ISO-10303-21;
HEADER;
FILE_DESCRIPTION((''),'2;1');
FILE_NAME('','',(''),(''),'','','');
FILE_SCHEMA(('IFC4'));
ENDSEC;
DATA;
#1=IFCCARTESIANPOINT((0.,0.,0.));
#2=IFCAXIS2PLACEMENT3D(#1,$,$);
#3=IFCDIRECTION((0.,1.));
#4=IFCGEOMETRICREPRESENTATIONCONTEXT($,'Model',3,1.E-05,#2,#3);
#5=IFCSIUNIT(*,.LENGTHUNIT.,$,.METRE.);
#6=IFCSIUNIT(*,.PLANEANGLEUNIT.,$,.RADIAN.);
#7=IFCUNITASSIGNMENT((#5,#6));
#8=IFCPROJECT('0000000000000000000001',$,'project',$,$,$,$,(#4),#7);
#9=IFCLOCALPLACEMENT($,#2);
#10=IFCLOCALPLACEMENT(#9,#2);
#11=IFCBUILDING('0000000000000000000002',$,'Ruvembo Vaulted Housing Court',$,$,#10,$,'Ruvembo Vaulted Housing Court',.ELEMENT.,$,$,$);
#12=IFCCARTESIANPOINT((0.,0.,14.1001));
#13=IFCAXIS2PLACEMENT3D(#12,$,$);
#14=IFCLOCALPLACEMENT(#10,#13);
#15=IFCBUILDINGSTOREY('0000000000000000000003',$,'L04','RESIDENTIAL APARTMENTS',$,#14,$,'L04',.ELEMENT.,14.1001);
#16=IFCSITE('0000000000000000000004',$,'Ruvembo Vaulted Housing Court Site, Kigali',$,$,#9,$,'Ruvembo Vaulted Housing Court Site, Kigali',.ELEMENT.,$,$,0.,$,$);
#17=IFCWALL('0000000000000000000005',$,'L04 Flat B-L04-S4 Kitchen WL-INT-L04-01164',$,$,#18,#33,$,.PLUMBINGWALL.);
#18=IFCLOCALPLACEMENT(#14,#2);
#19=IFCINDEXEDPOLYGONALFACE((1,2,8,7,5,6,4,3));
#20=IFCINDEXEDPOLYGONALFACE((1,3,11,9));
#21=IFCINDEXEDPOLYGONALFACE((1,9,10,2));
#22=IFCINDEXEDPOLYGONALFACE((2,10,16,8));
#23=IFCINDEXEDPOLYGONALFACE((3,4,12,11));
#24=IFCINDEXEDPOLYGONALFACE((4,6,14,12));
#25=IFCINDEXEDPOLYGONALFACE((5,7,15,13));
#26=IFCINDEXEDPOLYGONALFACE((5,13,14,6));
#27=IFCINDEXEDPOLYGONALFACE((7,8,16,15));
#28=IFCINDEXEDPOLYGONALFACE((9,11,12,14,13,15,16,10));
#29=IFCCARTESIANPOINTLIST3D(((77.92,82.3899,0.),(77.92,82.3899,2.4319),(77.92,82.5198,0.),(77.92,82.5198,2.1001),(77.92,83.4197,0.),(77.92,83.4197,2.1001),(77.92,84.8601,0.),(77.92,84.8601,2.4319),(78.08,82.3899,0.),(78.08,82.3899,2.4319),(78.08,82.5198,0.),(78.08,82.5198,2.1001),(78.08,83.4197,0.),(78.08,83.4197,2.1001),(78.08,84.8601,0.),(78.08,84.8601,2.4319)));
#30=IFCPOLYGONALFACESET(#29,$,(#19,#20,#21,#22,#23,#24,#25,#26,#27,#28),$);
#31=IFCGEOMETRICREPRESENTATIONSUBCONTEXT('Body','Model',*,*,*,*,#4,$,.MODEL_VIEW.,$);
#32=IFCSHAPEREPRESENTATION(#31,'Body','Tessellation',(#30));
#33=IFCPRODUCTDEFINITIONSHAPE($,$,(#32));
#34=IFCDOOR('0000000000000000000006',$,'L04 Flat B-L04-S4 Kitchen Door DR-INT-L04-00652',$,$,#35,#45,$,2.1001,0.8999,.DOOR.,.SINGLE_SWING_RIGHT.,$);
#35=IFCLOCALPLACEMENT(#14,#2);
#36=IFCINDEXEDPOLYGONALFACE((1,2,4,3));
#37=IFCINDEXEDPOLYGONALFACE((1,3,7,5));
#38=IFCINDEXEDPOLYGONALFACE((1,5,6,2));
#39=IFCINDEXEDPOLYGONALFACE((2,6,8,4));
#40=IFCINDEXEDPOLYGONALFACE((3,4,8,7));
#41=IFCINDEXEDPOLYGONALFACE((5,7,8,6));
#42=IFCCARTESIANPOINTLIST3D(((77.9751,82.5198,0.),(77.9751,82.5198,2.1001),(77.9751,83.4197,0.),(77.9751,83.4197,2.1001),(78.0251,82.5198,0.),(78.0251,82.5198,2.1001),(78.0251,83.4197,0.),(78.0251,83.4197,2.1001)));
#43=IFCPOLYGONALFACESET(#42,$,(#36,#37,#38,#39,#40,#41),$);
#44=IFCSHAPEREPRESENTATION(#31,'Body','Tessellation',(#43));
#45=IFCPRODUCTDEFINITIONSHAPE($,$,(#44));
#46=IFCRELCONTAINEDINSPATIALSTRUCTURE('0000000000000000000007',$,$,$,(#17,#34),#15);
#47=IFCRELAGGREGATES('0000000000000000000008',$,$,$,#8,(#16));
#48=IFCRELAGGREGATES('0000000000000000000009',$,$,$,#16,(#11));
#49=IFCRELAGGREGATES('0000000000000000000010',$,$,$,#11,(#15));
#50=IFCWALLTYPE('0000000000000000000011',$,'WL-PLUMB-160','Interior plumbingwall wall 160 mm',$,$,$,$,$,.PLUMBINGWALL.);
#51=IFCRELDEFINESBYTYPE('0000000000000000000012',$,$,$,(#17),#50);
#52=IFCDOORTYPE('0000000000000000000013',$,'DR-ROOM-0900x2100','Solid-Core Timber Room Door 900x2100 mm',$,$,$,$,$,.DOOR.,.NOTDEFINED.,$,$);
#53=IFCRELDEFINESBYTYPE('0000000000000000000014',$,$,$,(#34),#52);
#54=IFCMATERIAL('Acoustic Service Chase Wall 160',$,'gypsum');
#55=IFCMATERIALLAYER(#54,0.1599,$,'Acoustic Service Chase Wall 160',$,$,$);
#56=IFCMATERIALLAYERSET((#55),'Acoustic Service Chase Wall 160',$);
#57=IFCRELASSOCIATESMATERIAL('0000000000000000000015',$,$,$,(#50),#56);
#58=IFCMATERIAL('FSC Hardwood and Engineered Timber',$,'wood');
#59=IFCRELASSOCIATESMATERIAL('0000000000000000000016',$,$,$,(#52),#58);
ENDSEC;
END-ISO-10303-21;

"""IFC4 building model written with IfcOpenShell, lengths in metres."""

from ifc_helpers import new_model, si_unit, direction, frame, frame_2d, origin, place, context, subcontext, project, spatial, rectangle, extrude, material, layer, layer_set, type_object, element, fill, save


model = new_model("IFC4")

# Units and contexts
model_context = context("Model", 3, precision=1e-05, world=origin(), true_north=direction((0.0, 1.0)))
body_context = subcontext(model_context, "Body", "Model", "MODEL_VIEW")
ifc_project = project(units=[si_unit("LENGTHUNIT", "METRE"), si_unit("PLANEANGLEUNIT", "RADIAN")], contexts=[model_context])

# Site, building, storey
site_placement = place(None, origin())
site = spatial("IfcSite", under=ifc_project, at=site_placement, Name="Ruvembo Vaulted Housing Court Site, Kigali", LongName="Ruvembo Vaulted Housing Court Site, Kigali", CompositionType="ELEMENT", RefElevation=0.0)
building_placement = place(site_placement, origin())
building = spatial("IfcBuilding", under=site, at=building_placement, Name="Ruvembo Vaulted Housing Court", LongName="Ruvembo Vaulted Housing Court", CompositionType="ELEMENT")
storey_placement = place(building_placement, frame((0.0, 0.0, 14.1001)))
storey = spatial("IfcBuildingStorey", under=building, at=storey_placement, Name="L04", Description="RESIDENTIAL APARTMENTS", LongName="L04", CompositionType="ELEMENT", Elevation=14.1001)

# Shared definitions
ifc_material_1 = material(Name="FSC Hardwood and Engineered Timber", Category="wood")

# Wall, opening, door
ifc_material_2 = material(Name="Acoustic Service Chase Wall 160", Category="gypsum")
ifc_layer_1 = layer(ifc_material_2, 0.1599, Name="Acoustic Service Chase Wall 160")
ifc_layer_set_1 = layer_set([ifc_layer_1], Name="Acoustic Service Chase Wall 160")
wall_type_1 = type_object("IfcWallType", Name="WL-PLUMB-160", Description="Interior plumbingwall wall 160 mm", PredefinedType="PLUMBINGWALL", material=ifc_layer_set_1)
wall_1_placement = place(storey_placement, frame((78.0, 82.3899, 0.0), z_axis=(0.0, 0.0, 1.0), x_axis=(0.0, 1.0, 0.0)))
wall_1 = element("IfcWall", 1, at=wall_1_placement, inside=storey, type_object=wall_type_1, Name="L04 Flat B-L04-S4 Kitchen WL-INT-L04-01164", PredefinedType="PLUMBINGWALL", context=body_context, shape_type="SweptSolid", body=[
    extrude(rectangle(XDim=2.4702, YDim=0.1599, at=frame_2d((1.2351, 0.0))), origin(), (0.0, 0.0, 1.0), 2.4319),
])
opening_1_placement = place(wall_1_placement, frame((0.1299, 0.0, 0.0)))
opening_1 = element("IfcOpeningElement", 2, at=opening_1_placement, cuts=wall_1, PredefinedType="OPENING", context=body_context, shape_type="SweptSolid", body=[
    extrude(rectangle(XDim=0.8999, YDim=2.1001, at=frame_2d((0.45, 1.05))), frame((0.0, 0.0898, 0.0), z_axis=(0.0, -1.0, 0.0), x_axis=(1.0, 0.0, 0.0)), (0.0, 0.0, 1.0), 0.1799),
])
door_type_1 = type_object("IfcDoorType", Name="DR-ROOM-0900x2100", Description="Solid-Core Timber Room Door 900x2100 mm", OperationType="NOTDEFINED", PredefinedType="DOOR", material=ifc_material_1)
door_1_placement = place(opening_1_placement, origin())
door_1 = element("IfcDoor", 3, at=door_1_placement, inside=storey, type_object=door_type_1, Name="L04 Flat B-L04-S4 Kitchen Door DR-INT-L04-00652", OperationType="SINGLE_SWING_RIGHT", OverallHeight=2.1001, OverallWidth=0.8999, PredefinedType="DOOR", context=body_context, shape_type="SweptSolid", body=[
    extrude(rectangle(XDim=0.8999, YDim=2.1001, at=frame_2d((0.45, 1.05))), frame((0.0, 0.0249, 0.0), z_axis=(0.0, -1.0, 0.0), x_axis=(1.0, 0.0, 0.0)), (0.0, 0.0, 1.0), 0.05),
])
fill(opening_1, door_1)

save(model, "model.ifc")
